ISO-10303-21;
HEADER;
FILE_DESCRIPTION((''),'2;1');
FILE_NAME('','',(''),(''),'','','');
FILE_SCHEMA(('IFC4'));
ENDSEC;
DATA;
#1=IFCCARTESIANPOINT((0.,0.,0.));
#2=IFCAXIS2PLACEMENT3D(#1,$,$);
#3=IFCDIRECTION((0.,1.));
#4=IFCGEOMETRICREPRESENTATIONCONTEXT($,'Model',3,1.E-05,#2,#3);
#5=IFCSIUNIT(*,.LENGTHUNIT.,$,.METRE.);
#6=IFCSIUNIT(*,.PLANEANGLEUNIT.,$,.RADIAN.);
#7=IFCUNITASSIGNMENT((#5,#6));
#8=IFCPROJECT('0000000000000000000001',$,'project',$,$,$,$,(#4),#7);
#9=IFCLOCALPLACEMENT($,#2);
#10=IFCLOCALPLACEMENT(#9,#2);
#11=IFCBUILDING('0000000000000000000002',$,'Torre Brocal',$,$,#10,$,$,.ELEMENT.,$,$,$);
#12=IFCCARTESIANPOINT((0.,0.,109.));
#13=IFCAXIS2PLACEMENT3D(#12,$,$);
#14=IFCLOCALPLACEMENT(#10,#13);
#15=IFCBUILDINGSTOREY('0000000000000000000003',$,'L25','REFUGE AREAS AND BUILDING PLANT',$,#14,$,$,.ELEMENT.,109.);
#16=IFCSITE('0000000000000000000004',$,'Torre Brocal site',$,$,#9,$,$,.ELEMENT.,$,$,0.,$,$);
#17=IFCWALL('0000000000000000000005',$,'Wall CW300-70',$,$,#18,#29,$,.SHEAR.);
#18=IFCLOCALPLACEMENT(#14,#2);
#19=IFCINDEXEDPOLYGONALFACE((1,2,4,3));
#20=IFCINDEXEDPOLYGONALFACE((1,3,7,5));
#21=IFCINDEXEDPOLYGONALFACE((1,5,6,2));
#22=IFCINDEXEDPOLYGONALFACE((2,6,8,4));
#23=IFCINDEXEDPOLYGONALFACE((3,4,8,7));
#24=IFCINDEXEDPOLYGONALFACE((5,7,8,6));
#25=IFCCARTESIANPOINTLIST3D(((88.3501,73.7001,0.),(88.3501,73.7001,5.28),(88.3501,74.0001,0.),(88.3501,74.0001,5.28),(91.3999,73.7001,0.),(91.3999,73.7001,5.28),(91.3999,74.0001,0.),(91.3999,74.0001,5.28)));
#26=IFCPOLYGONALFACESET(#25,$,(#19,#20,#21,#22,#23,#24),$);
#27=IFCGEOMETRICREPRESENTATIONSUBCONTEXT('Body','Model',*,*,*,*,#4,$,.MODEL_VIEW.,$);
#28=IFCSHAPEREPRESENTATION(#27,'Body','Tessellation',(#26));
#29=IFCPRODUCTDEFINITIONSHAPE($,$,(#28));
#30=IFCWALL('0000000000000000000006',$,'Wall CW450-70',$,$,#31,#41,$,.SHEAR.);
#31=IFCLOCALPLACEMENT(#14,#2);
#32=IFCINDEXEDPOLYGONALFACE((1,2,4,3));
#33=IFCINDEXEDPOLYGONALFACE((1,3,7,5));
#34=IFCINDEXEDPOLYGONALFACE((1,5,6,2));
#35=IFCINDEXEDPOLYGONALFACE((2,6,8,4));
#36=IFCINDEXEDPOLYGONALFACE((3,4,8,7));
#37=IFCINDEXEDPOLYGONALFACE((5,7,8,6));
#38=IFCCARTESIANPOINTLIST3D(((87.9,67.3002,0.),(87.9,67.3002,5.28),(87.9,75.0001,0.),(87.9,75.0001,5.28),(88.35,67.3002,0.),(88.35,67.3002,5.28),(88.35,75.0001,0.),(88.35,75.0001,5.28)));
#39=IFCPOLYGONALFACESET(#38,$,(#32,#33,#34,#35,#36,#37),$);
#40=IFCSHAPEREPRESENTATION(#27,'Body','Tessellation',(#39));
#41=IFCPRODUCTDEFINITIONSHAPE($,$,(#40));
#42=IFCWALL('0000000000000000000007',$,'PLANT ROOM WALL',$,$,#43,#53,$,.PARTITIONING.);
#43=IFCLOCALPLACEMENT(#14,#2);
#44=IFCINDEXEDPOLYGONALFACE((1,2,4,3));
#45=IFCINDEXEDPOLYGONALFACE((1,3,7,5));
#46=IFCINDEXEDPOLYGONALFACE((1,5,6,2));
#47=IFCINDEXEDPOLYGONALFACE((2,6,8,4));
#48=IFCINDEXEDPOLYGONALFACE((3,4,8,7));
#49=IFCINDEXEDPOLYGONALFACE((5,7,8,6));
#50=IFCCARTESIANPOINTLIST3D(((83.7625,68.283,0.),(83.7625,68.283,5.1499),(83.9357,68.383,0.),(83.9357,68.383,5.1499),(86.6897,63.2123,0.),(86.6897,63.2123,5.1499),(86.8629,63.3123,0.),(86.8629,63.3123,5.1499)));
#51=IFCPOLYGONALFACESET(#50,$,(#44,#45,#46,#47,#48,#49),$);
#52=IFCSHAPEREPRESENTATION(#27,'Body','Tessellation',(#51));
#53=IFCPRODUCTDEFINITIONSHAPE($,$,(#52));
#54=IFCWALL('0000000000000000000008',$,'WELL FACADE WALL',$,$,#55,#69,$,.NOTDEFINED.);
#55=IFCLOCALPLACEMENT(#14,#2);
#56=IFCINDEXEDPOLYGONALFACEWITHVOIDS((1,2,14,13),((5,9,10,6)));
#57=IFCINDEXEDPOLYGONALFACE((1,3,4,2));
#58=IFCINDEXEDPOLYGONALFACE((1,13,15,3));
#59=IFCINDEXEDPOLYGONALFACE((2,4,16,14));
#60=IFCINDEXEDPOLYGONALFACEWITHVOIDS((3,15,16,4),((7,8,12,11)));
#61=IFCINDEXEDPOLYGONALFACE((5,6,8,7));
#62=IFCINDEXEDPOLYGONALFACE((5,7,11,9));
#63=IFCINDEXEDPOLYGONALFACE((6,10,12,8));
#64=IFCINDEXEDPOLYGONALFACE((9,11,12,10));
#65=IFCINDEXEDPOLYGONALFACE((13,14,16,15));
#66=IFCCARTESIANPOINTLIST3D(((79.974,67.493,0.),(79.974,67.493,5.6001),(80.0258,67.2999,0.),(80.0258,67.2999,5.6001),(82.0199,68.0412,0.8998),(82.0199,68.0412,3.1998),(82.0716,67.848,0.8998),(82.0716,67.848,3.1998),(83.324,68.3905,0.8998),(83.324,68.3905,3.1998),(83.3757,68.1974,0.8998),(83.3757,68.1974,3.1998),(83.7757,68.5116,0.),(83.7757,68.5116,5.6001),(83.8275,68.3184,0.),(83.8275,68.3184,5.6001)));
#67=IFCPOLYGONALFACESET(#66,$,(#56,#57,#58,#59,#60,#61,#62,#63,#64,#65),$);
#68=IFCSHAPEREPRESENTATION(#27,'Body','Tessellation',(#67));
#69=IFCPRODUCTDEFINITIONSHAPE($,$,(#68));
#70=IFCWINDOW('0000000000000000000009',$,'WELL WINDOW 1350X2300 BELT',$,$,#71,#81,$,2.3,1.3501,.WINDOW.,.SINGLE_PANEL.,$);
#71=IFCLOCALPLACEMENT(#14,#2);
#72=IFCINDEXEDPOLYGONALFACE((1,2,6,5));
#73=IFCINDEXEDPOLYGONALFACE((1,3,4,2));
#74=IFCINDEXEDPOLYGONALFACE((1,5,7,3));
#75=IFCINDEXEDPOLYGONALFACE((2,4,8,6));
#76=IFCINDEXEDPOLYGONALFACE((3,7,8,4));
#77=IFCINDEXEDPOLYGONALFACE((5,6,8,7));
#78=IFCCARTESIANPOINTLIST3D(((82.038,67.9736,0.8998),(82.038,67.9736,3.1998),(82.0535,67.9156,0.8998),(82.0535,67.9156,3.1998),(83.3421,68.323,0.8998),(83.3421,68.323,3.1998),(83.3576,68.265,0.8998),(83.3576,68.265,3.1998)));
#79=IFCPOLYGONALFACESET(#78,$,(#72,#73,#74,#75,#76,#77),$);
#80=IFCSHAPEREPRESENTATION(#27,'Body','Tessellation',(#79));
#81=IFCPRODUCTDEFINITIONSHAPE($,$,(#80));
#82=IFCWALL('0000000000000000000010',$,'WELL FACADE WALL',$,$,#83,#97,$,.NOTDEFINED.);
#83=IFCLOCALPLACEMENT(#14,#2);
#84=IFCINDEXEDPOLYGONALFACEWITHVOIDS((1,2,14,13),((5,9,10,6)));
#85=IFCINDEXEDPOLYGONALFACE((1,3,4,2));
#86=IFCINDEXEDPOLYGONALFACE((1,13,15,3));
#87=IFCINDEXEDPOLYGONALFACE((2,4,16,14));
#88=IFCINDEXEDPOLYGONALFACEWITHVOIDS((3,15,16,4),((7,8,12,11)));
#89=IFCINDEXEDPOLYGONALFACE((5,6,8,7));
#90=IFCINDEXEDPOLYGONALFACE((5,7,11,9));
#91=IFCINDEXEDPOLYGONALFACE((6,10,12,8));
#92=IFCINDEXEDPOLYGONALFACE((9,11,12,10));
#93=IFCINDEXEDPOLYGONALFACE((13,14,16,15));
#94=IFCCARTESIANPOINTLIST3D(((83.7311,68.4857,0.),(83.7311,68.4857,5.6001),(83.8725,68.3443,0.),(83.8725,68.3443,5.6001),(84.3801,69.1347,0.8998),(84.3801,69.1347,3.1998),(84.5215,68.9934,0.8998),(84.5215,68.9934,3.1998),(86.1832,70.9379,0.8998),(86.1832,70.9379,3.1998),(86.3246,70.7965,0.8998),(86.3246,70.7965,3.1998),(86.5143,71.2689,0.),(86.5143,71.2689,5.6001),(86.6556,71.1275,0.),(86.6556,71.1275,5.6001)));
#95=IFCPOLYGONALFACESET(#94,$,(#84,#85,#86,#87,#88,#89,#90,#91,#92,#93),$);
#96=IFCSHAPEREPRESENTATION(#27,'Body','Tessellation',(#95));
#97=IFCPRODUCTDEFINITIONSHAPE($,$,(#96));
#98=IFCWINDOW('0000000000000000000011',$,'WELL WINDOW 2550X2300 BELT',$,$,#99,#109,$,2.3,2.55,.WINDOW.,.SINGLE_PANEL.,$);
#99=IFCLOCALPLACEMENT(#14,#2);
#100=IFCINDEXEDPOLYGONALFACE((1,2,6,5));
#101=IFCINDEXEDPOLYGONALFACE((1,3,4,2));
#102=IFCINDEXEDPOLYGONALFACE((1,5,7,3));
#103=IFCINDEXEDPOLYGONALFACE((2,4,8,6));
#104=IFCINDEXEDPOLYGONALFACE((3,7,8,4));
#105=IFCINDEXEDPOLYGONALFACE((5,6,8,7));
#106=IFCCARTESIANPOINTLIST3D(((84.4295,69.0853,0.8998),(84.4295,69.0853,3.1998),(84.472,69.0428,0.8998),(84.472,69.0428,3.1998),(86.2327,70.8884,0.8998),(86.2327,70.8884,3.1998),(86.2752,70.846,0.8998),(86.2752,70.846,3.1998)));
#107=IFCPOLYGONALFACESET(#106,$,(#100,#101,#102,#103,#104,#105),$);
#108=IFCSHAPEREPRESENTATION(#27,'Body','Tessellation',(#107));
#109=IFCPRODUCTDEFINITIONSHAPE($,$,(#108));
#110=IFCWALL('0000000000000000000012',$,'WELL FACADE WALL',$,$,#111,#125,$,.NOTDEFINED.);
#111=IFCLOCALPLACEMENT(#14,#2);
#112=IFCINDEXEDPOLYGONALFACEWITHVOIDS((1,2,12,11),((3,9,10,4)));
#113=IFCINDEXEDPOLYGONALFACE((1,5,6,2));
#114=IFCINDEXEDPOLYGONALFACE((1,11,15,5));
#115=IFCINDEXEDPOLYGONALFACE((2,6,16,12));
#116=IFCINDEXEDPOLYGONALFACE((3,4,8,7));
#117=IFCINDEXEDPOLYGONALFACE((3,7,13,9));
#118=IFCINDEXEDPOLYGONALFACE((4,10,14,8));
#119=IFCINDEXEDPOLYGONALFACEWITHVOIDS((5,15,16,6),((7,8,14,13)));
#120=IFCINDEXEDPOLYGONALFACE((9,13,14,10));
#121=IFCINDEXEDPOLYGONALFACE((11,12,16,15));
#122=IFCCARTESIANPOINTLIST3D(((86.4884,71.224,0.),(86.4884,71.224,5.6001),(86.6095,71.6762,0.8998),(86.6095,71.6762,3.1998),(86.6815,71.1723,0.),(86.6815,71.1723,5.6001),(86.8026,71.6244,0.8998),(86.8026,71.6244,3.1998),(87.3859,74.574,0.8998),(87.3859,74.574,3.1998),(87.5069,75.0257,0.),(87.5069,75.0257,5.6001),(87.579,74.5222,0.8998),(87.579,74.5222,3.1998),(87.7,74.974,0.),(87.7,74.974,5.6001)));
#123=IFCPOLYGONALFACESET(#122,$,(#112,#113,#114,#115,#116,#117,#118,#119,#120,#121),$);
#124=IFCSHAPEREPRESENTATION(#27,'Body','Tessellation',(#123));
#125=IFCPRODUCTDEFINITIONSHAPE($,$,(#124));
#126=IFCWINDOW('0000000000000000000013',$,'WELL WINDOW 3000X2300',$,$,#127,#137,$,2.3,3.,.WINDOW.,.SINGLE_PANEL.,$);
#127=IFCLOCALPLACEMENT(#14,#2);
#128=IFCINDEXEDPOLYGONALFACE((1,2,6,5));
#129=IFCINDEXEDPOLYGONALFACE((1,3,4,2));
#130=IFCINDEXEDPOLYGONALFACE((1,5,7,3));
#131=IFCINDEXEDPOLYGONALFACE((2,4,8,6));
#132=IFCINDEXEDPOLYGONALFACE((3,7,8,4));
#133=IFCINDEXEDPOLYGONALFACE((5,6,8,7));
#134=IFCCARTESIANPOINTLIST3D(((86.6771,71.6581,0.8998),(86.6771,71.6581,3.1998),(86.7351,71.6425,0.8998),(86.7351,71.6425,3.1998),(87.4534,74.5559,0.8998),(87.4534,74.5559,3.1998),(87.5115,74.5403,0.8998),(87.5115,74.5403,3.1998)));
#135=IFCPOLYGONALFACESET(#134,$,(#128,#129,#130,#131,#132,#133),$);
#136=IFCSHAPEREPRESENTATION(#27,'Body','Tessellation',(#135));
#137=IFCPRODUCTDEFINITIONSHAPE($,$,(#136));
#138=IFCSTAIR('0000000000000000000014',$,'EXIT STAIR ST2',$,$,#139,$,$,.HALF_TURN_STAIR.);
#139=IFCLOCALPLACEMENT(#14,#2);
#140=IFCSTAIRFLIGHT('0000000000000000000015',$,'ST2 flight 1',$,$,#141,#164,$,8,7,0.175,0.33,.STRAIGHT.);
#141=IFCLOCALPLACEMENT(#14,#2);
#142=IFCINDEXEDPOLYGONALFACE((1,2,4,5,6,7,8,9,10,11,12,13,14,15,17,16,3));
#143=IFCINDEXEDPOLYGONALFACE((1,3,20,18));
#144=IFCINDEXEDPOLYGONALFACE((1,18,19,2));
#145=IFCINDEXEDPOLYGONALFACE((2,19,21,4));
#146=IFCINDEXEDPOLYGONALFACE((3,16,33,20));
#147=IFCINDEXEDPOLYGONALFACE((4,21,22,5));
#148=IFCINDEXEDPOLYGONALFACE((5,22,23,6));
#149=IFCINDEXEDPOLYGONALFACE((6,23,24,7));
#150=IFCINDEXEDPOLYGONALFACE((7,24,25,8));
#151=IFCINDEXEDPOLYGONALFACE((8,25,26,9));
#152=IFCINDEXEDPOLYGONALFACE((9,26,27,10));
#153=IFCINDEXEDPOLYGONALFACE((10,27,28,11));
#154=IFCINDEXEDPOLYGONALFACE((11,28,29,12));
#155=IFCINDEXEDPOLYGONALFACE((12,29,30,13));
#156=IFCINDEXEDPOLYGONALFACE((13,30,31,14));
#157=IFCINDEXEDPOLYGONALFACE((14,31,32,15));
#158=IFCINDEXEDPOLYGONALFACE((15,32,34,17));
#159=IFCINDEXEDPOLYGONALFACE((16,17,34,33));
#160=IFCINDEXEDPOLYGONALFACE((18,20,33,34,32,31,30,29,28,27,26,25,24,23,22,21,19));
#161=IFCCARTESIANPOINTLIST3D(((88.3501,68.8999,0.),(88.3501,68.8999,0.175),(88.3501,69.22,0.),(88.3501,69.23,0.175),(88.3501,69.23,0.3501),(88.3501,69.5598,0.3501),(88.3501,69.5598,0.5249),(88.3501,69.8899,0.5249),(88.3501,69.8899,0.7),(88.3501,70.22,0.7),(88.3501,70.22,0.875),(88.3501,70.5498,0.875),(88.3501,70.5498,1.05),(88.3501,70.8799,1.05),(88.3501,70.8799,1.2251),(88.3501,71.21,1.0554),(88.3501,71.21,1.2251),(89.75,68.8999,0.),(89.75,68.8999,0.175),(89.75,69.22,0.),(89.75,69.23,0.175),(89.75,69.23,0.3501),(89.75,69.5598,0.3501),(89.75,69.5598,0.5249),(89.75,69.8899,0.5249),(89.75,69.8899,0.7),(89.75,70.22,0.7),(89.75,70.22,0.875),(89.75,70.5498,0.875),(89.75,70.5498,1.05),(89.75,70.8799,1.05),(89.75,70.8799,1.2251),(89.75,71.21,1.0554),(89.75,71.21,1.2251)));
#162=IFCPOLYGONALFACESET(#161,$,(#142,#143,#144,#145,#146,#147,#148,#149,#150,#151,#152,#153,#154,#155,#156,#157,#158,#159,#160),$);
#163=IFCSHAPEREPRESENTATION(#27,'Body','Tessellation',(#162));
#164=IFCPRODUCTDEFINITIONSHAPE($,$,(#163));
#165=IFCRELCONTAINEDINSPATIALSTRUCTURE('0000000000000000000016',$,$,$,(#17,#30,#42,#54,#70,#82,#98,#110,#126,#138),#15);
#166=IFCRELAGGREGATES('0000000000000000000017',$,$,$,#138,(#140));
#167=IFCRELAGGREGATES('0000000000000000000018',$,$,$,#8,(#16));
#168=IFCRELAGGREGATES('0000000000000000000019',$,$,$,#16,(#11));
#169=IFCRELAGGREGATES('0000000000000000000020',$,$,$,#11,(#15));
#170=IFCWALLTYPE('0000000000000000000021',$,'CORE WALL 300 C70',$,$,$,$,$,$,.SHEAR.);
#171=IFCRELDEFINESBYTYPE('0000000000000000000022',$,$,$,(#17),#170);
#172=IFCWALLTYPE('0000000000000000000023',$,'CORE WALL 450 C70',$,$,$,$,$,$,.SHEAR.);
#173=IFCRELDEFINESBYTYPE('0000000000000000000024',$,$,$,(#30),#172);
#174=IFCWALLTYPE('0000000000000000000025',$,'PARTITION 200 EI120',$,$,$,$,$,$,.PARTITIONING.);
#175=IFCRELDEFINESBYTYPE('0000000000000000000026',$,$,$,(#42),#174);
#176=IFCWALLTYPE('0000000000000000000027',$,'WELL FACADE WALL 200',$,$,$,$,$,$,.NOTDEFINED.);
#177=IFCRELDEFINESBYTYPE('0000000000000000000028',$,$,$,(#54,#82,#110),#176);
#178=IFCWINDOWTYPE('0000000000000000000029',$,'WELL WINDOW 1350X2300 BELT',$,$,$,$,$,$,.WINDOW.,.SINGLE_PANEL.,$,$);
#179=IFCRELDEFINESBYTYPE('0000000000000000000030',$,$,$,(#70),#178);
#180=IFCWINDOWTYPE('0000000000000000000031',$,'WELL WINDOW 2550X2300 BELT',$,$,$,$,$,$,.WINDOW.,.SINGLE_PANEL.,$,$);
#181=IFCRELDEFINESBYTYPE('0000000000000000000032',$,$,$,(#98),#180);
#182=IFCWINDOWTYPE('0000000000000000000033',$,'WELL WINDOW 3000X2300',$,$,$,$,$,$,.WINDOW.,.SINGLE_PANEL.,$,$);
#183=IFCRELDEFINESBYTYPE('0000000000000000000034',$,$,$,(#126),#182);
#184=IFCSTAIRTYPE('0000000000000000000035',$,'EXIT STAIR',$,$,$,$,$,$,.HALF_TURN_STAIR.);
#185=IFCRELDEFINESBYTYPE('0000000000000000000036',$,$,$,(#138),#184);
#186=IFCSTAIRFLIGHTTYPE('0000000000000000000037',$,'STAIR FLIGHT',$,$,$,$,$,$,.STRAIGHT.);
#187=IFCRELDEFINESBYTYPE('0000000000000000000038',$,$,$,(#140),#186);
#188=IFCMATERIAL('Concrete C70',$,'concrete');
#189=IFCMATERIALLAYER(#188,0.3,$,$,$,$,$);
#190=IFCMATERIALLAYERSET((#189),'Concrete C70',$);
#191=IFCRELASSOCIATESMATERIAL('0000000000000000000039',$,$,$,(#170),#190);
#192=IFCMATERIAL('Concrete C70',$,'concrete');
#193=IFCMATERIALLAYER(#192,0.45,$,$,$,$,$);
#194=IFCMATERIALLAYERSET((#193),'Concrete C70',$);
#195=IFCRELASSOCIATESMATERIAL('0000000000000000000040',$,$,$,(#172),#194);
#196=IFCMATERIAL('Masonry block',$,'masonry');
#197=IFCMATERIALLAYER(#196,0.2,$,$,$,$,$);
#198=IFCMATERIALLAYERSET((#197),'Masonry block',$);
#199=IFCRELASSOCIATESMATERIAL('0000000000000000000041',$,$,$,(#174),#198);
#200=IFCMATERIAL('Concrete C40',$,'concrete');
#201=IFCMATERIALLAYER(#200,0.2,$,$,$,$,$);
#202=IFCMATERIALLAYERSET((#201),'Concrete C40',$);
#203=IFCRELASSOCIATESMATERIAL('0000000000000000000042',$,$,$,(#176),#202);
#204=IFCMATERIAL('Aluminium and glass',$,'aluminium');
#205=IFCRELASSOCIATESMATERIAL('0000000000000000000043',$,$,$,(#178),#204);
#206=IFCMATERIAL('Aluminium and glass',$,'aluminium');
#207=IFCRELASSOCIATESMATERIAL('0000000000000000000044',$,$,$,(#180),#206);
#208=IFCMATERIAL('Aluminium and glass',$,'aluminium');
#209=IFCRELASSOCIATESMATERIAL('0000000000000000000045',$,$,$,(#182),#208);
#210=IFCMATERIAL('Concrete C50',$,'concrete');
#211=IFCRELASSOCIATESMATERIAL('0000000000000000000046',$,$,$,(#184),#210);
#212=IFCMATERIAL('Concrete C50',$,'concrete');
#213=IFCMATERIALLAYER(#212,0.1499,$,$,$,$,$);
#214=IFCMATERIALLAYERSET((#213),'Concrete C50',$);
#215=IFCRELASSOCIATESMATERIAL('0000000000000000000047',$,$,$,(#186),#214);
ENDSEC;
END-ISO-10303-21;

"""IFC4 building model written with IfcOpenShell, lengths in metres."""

from ifc_helpers import new_model, si_unit, direction, frame, frame_2d, origin, place, context, subcontext, project, spatial, polyline, rectangle, outline, extrude, material, layer, layer_set, type_object, element, fill, aggregate, save


model = new_model("IFC4")

# Units and contexts
model_context = context("Model", 3, precision=1e-05, world=origin(), true_north=direction((0.0, 1.0)))
body_context = subcontext(model_context, "Body", "Model", "MODEL_VIEW")
ifc_project = project(units=[si_unit("LENGTHUNIT", "METRE"), si_unit("PLANEANGLEUNIT", "RADIAN")], contexts=[model_context])

# Site, building, storey
site_placement = place(None, origin())
site = spatial("IfcSite", under=ifc_project, at=site_placement, Name="Torre Brocal site", CompositionType="ELEMENT", RefElevation=0.0)
building_placement = place(site_placement, origin())
building = spatial("IfcBuilding", under=site, at=building_placement, Name="Torre Brocal", CompositionType="ELEMENT")
storey_placement = place(building_placement, frame((0.0, 0.0, 109.0)))
storey = spatial("IfcBuildingStorey", under=building, at=storey_placement, Name="L25", Description="REFUGE AREAS AND BUILDING PLANT", CompositionType="ELEMENT", Elevation=109.0)

# Walls
ifc_material_1 = material(Name="Concrete C70", Category="concrete")
ifc_layer_1 = layer(ifc_material_1, 0.3)
ifc_layer_set_1 = layer_set([ifc_layer_1], Name="Concrete C70")
wall_type_1 = type_object("IfcWallType", Name="CORE WALL 300 C70", PredefinedType="SHEAR", material=ifc_layer_set_1)
wall_1_placement = place(storey_placement, frame((88.3501, 73.8501, 0.0), z_axis=(0.0, 0.0, 1.0), x_axis=(1.0, 0.0, 0.0)))
element("IfcWall", 1, at=wall_1_placement, inside=storey, type_object=wall_type_1, Name="Wall CW300-70", PredefinedType="SHEAR", context=body_context, shape_type="SweptSolid", body=[
    extrude(rectangle(XDim=3.0498, YDim=0.3, at=frame_2d((1.5249, 0.0))), origin(), (0.0, 0.0, 1.0), 5.28),
])
ifc_material_2 = material(Name="Concrete C70", Category="concrete")
ifc_layer_2 = layer(ifc_material_2, 0.45)
ifc_layer_set_2 = layer_set([ifc_layer_2], Name="Concrete C70")
wall_type_2 = type_object("IfcWallType", Name="CORE WALL 450 C70", PredefinedType="SHEAR", material=ifc_layer_set_2)
wall_2_placement = place(storey_placement, frame((88.125, 67.3, 0.0), z_axis=(0.0, 0.0, 1.0), x_axis=(0.0, 1.0, 0.0)))
element("IfcWall", 2, at=wall_2_placement, inside=storey, type_object=wall_type_2, Name="Wall CW450-70", PredefinedType="SHEAR", context=body_context, shape_type="SweptSolid", body=[
    extrude(rectangle(XDim=7.7, YDim=0.45, at=frame_2d((3.8501, 0.0))), origin(), (0.0, 0.0, 1.0), 5.28),
])

# Wall
ifc_material_3 = material(Name="Masonry block", Category="masonry")
ifc_layer_3 = layer(ifc_material_3, 0.2)
ifc_layer_set_3 = layer_set([ifc_layer_3], Name="Masonry block")
wall_type_3 = type_object("IfcWallType", Name="PARTITION 200 EI120", PredefinedType="PARTITIONING", material=ifc_layer_set_3)
wall_3_placement = place(storey_placement, frame((83.8491, 68.333, 0.0), z_axis=(0.0, 0.0, 1.0), x_axis=(0.499951, -0.866054, 0.0)))
element("IfcWall", 3, at=wall_3_placement, inside=storey, type_object=wall_type_3, Name="PLANT ROOM WALL", PredefinedType="PARTITIONING", context=body_context, shape_type="SweptSolid", body=[
    extrude(rectangle(XDim=5.855, YDim=0.2, at=frame_2d((2.9275, 0.0))), origin(), (0.0, 0.0, 1.0), 5.1499),
])

# Walls, openings, windows
ifc_material_4 = material(Name="Concrete C40", Category="concrete")
ifc_layer_4 = layer(ifc_material_4, 0.2)
ifc_layer_set_4 = layer_set([ifc_layer_4], Name="Concrete C40")
wall_type_4 = type_object("IfcWallType", Name="WELL FACADE WALL 200", PredefinedType="NOTDEFINED", material=ifc_layer_set_4)
wall_4_placement = place(storey_placement, frame((80.0, 67.3965, 0.0), z_axis=(0.0, 0.0, 1.0), x_axis=(0.965934, 0.25879, 0.0)))
wall_4 = element("IfcWall", 4, at=wall_4_placement, inside=storey, type_object=wall_type_4, Name="WELL FACADE WALL", PredefinedType="NOTDEFINED", context=body_context, shape_type="SweptSolid", body=[
    extrude(rectangle(XDim=3.9358, YDim=0.2, at=frame_2d((1.9678, 0.0))), origin(), (0.0, 0.0, 1.0), 5.6001),
])
opening_1_placement = place(wall_4_placement, frame((2.1179, 0.0, 0.8999)))
opening_1 = element("IfcOpeningElement", 5, at=opening_1_placement, cuts=wall_4, PredefinedType="OPENING", context=body_context, shape_type="SweptSolid", body=[
    extrude(rectangle(XDim=1.3501, YDim=2.3, at=frame_2d((0.675, 1.1499))), frame((0.0, 0.1099, 0.0), z_axis=(0.0, -1.0, 0.0), x_axis=(1.0, 0.0, 0.0)), (0.0, 0.0, 1.0), 0.22),
])
ifc_material_5 = material(Name="Aluminium and glass", Category="aluminium")
window_type_1 = type_object("IfcWindowType", Name="WELL WINDOW 1350X2300 BELT", PartitioningType="SINGLE_PANEL", PredefinedType="WINDOW", material=ifc_material_5)
window_1_placement = place(opening_1_placement, origin())
window_1 = element("IfcWindow", 6, at=window_1_placement, inside=storey, type_object=window_type_1, Name="WELL WINDOW 1350X2300 BELT", OverallHeight=2.3, OverallWidth=1.3501, PartitioningType="SINGLE_PANEL", PredefinedType="WINDOW", context=body_context, shape_type="SweptSolid", body=[
    extrude(rectangle(XDim=1.3501, YDim=2.3, at=frame_2d((0.675, 1.1499))), frame((0.0, 0.03, 0.0), z_axis=(0.0, -1.0, 0.0), x_axis=(1.0, 0.0, 0.0)), (0.0, 0.0, 1.0), 0.0601),
])
fill(opening_1, window_1)
wall_5_placement = place(storey_placement, frame((83.8018, 68.415, 0.0), z_axis=(0.0, 0.0, 1.0), x_axis=(0.707107, 0.707107, 0.0)))
wall_5 = element("IfcWall", 7, at=wall_5_placement, inside=storey, type_object=wall_type_4, Name="WELL FACADE WALL", PredefinedType="NOTDEFINED", context=body_context, shape_type="SweptSolid", body=[
    extrude(rectangle(XDim=3.936, YDim=0.2, at=frame_2d((1.968, 0.0))), origin(), (0.0, 0.0, 1.0), 5.6001),
])
opening_2_placement = place(wall_5_placement, frame((0.918, 0.0, 0.8999)))
opening_2 = element("IfcOpeningElement", 8, at=opening_2_placement, cuts=wall_5, PredefinedType="OPENING", context=body_context, shape_type="SweptSolid", body=[
    extrude(rectangle(XDim=2.55, YDim=2.3, at=frame_2d((1.2749, 1.1499))), frame((0.0, 0.1099, 0.0), z_axis=(0.0, -1.0, 0.0), x_axis=(1.0, 0.0, 0.0)), (0.0, 0.0, 1.0), 0.22),
])
ifc_material_6 = material(Name="Aluminium and glass", Category="aluminium")
window_type_2 = type_object("IfcWindowType", Name="WELL WINDOW 2550X2300 BELT", PartitioningType="SINGLE_PANEL", PredefinedType="WINDOW", material=ifc_material_6)
window_2_placement = place(opening_2_placement, origin())
window_2 = element("IfcWindow", 9, at=window_2_placement, inside=storey, type_object=window_type_2, Name="WELL WINDOW 2550X2300 BELT", OverallHeight=2.3, OverallWidth=2.55, PartitioningType="SINGLE_PANEL", PredefinedType="WINDOW", context=body_context, shape_type="SweptSolid", body=[
    extrude(rectangle(XDim=2.55, YDim=2.3, at=frame_2d((1.2749, 1.1499))), frame((0.0, 0.03, 0.0), z_axis=(0.0, -1.0, 0.0), x_axis=(1.0, 0.0, 0.0)), (0.0, 0.0, 1.0), 0.0601),
])
fill(opening_2, window_2)
wall_6_placement = place(storey_placement, frame((86.585, 71.1982, 0.0), z_axis=(0.0, 0.0, 1.0), x_axis=(0.25879, 0.965934, 0.0)))
wall_6 = element("IfcWall", 10, at=wall_6_placement, inside=storey, type_object=wall_type_4, Name="WELL FACADE WALL", PredefinedType="NOTDEFINED", context=body_context, shape_type="SweptSolid", body=[
    extrude(rectangle(XDim=3.9358, YDim=0.2, at=frame_2d((1.9678, 0.0))), origin(), (0.0, 0.0, 1.0), 5.6001),
])
opening_3_placement = place(wall_6_placement, frame((0.468, 0.0, 0.8999)))
opening_3 = element("IfcOpeningElement", 11, at=opening_3_placement, cuts=wall_6, PredefinedType="OPENING", context=body_context, shape_type="SweptSolid", body=[
    extrude(rectangle(XDim=3.0, YDim=2.3, at=frame_2d((1.5, 1.1499))), frame((0.0, 0.1099, 0.0), z_axis=(0.0, -1.0, 0.0), x_axis=(1.0, 0.0, 0.0)), (0.0, 0.0, 1.0), 0.22),
])
ifc_material_7 = material(Name="Aluminium and glass", Category="aluminium")
window_type_3 = type_object("IfcWindowType", Name="WELL WINDOW 3000X2300", PartitioningType="SINGLE_PANEL", PredefinedType="WINDOW", material=ifc_material_7)
window_3_placement = place(opening_3_placement, origin())
window_3 = element("IfcWindow", 12, at=window_3_placement, inside=storey, type_object=window_type_3, Name="WELL WINDOW 3000X2300", OverallHeight=2.3, OverallWidth=3.0, PartitioningType="SINGLE_PANEL", PredefinedType="WINDOW", context=body_context, shape_type="SweptSolid", body=[
    extrude(rectangle(XDim=3.0, YDim=2.3, at=frame_2d((1.5, 1.1499))), frame((0.0, 0.03, 0.0), z_axis=(0.0, -1.0, 0.0), x_axis=(1.0, 0.0, 0.0)), (0.0, 0.0, 1.0), 0.0601),
])
fill(opening_3, window_3)

# Stair, stair flight
ifc_material_8 = material(Name="Concrete C50", Category="concrete")
stair_type = type_object("IfcStairType", Name="EXIT STAIR", PredefinedType="HALF_TURN_STAIR", material=ifc_material_8)
stair_placement = place(storey_placement, origin())
stair = element("IfcStair", 13, at=stair_placement, inside=storey, type_object=stair_type, Name="EXIT STAIR ST2", PredefinedType="HALF_TURN_STAIR")
ifc_material_9 = material(Name="Concrete C50", Category="concrete")
ifc_layer_5 = layer(ifc_material_9, 0.1499)
ifc_layer_set_5 = layer_set([ifc_layer_5], Name="Concrete C50")
stair_flight_type = type_object("IfcStairFlightType", Name="STAIR FLIGHT", PredefinedType="STRAIGHT", material=ifc_layer_set_5)
stair_flight_1_placement = place(storey_placement, frame((89.05, 68.8999, 0.0), z_axis=(0.0, 0.0, 1.0), x_axis=(0.0, 1.0, 0.0)))
stair_flight_1 = element("IfcStairFlight", 14, at=stair_flight_1_placement, type_object=stair_flight_type, Name="ST2 flight 1", NumberOfRisers=8, NumberOfTreads=7, PredefinedType="STRAIGHT", RiserHeight=0.175, TreadLength=0.33, context=body_context, shape_type="SweptSolid", body=[
    extrude(outline(polyline([(0.0, 0.0), (0.0, 0.175), (0.3301, 0.175), (0.3301, 0.3501), (0.6599, 0.3501), (0.6599, 0.5249), (0.99, 0.5249), (0.99, 0.7), (1.3201, 0.7), (1.3201, 0.875), (1.6499, 0.875), (1.6499, 1.05), (1.98, 1.05), (1.98, 1.2251), (2.3101, 1.2251), (2.3101, 1.3999), (2.3101, 1.0554), (0.3201, 0.0), (0.0, 0.0)])), frame((0.0, 0.7, 0.0), z_axis=(0.0, -1.0, 0.0), x_axis=(1.0, 0.0, 0.0)), (0.0, 0.0, 1.0), 1.3999),
])
aggregate(stair, [stair_flight_1])

save(model, "model.ifc")
